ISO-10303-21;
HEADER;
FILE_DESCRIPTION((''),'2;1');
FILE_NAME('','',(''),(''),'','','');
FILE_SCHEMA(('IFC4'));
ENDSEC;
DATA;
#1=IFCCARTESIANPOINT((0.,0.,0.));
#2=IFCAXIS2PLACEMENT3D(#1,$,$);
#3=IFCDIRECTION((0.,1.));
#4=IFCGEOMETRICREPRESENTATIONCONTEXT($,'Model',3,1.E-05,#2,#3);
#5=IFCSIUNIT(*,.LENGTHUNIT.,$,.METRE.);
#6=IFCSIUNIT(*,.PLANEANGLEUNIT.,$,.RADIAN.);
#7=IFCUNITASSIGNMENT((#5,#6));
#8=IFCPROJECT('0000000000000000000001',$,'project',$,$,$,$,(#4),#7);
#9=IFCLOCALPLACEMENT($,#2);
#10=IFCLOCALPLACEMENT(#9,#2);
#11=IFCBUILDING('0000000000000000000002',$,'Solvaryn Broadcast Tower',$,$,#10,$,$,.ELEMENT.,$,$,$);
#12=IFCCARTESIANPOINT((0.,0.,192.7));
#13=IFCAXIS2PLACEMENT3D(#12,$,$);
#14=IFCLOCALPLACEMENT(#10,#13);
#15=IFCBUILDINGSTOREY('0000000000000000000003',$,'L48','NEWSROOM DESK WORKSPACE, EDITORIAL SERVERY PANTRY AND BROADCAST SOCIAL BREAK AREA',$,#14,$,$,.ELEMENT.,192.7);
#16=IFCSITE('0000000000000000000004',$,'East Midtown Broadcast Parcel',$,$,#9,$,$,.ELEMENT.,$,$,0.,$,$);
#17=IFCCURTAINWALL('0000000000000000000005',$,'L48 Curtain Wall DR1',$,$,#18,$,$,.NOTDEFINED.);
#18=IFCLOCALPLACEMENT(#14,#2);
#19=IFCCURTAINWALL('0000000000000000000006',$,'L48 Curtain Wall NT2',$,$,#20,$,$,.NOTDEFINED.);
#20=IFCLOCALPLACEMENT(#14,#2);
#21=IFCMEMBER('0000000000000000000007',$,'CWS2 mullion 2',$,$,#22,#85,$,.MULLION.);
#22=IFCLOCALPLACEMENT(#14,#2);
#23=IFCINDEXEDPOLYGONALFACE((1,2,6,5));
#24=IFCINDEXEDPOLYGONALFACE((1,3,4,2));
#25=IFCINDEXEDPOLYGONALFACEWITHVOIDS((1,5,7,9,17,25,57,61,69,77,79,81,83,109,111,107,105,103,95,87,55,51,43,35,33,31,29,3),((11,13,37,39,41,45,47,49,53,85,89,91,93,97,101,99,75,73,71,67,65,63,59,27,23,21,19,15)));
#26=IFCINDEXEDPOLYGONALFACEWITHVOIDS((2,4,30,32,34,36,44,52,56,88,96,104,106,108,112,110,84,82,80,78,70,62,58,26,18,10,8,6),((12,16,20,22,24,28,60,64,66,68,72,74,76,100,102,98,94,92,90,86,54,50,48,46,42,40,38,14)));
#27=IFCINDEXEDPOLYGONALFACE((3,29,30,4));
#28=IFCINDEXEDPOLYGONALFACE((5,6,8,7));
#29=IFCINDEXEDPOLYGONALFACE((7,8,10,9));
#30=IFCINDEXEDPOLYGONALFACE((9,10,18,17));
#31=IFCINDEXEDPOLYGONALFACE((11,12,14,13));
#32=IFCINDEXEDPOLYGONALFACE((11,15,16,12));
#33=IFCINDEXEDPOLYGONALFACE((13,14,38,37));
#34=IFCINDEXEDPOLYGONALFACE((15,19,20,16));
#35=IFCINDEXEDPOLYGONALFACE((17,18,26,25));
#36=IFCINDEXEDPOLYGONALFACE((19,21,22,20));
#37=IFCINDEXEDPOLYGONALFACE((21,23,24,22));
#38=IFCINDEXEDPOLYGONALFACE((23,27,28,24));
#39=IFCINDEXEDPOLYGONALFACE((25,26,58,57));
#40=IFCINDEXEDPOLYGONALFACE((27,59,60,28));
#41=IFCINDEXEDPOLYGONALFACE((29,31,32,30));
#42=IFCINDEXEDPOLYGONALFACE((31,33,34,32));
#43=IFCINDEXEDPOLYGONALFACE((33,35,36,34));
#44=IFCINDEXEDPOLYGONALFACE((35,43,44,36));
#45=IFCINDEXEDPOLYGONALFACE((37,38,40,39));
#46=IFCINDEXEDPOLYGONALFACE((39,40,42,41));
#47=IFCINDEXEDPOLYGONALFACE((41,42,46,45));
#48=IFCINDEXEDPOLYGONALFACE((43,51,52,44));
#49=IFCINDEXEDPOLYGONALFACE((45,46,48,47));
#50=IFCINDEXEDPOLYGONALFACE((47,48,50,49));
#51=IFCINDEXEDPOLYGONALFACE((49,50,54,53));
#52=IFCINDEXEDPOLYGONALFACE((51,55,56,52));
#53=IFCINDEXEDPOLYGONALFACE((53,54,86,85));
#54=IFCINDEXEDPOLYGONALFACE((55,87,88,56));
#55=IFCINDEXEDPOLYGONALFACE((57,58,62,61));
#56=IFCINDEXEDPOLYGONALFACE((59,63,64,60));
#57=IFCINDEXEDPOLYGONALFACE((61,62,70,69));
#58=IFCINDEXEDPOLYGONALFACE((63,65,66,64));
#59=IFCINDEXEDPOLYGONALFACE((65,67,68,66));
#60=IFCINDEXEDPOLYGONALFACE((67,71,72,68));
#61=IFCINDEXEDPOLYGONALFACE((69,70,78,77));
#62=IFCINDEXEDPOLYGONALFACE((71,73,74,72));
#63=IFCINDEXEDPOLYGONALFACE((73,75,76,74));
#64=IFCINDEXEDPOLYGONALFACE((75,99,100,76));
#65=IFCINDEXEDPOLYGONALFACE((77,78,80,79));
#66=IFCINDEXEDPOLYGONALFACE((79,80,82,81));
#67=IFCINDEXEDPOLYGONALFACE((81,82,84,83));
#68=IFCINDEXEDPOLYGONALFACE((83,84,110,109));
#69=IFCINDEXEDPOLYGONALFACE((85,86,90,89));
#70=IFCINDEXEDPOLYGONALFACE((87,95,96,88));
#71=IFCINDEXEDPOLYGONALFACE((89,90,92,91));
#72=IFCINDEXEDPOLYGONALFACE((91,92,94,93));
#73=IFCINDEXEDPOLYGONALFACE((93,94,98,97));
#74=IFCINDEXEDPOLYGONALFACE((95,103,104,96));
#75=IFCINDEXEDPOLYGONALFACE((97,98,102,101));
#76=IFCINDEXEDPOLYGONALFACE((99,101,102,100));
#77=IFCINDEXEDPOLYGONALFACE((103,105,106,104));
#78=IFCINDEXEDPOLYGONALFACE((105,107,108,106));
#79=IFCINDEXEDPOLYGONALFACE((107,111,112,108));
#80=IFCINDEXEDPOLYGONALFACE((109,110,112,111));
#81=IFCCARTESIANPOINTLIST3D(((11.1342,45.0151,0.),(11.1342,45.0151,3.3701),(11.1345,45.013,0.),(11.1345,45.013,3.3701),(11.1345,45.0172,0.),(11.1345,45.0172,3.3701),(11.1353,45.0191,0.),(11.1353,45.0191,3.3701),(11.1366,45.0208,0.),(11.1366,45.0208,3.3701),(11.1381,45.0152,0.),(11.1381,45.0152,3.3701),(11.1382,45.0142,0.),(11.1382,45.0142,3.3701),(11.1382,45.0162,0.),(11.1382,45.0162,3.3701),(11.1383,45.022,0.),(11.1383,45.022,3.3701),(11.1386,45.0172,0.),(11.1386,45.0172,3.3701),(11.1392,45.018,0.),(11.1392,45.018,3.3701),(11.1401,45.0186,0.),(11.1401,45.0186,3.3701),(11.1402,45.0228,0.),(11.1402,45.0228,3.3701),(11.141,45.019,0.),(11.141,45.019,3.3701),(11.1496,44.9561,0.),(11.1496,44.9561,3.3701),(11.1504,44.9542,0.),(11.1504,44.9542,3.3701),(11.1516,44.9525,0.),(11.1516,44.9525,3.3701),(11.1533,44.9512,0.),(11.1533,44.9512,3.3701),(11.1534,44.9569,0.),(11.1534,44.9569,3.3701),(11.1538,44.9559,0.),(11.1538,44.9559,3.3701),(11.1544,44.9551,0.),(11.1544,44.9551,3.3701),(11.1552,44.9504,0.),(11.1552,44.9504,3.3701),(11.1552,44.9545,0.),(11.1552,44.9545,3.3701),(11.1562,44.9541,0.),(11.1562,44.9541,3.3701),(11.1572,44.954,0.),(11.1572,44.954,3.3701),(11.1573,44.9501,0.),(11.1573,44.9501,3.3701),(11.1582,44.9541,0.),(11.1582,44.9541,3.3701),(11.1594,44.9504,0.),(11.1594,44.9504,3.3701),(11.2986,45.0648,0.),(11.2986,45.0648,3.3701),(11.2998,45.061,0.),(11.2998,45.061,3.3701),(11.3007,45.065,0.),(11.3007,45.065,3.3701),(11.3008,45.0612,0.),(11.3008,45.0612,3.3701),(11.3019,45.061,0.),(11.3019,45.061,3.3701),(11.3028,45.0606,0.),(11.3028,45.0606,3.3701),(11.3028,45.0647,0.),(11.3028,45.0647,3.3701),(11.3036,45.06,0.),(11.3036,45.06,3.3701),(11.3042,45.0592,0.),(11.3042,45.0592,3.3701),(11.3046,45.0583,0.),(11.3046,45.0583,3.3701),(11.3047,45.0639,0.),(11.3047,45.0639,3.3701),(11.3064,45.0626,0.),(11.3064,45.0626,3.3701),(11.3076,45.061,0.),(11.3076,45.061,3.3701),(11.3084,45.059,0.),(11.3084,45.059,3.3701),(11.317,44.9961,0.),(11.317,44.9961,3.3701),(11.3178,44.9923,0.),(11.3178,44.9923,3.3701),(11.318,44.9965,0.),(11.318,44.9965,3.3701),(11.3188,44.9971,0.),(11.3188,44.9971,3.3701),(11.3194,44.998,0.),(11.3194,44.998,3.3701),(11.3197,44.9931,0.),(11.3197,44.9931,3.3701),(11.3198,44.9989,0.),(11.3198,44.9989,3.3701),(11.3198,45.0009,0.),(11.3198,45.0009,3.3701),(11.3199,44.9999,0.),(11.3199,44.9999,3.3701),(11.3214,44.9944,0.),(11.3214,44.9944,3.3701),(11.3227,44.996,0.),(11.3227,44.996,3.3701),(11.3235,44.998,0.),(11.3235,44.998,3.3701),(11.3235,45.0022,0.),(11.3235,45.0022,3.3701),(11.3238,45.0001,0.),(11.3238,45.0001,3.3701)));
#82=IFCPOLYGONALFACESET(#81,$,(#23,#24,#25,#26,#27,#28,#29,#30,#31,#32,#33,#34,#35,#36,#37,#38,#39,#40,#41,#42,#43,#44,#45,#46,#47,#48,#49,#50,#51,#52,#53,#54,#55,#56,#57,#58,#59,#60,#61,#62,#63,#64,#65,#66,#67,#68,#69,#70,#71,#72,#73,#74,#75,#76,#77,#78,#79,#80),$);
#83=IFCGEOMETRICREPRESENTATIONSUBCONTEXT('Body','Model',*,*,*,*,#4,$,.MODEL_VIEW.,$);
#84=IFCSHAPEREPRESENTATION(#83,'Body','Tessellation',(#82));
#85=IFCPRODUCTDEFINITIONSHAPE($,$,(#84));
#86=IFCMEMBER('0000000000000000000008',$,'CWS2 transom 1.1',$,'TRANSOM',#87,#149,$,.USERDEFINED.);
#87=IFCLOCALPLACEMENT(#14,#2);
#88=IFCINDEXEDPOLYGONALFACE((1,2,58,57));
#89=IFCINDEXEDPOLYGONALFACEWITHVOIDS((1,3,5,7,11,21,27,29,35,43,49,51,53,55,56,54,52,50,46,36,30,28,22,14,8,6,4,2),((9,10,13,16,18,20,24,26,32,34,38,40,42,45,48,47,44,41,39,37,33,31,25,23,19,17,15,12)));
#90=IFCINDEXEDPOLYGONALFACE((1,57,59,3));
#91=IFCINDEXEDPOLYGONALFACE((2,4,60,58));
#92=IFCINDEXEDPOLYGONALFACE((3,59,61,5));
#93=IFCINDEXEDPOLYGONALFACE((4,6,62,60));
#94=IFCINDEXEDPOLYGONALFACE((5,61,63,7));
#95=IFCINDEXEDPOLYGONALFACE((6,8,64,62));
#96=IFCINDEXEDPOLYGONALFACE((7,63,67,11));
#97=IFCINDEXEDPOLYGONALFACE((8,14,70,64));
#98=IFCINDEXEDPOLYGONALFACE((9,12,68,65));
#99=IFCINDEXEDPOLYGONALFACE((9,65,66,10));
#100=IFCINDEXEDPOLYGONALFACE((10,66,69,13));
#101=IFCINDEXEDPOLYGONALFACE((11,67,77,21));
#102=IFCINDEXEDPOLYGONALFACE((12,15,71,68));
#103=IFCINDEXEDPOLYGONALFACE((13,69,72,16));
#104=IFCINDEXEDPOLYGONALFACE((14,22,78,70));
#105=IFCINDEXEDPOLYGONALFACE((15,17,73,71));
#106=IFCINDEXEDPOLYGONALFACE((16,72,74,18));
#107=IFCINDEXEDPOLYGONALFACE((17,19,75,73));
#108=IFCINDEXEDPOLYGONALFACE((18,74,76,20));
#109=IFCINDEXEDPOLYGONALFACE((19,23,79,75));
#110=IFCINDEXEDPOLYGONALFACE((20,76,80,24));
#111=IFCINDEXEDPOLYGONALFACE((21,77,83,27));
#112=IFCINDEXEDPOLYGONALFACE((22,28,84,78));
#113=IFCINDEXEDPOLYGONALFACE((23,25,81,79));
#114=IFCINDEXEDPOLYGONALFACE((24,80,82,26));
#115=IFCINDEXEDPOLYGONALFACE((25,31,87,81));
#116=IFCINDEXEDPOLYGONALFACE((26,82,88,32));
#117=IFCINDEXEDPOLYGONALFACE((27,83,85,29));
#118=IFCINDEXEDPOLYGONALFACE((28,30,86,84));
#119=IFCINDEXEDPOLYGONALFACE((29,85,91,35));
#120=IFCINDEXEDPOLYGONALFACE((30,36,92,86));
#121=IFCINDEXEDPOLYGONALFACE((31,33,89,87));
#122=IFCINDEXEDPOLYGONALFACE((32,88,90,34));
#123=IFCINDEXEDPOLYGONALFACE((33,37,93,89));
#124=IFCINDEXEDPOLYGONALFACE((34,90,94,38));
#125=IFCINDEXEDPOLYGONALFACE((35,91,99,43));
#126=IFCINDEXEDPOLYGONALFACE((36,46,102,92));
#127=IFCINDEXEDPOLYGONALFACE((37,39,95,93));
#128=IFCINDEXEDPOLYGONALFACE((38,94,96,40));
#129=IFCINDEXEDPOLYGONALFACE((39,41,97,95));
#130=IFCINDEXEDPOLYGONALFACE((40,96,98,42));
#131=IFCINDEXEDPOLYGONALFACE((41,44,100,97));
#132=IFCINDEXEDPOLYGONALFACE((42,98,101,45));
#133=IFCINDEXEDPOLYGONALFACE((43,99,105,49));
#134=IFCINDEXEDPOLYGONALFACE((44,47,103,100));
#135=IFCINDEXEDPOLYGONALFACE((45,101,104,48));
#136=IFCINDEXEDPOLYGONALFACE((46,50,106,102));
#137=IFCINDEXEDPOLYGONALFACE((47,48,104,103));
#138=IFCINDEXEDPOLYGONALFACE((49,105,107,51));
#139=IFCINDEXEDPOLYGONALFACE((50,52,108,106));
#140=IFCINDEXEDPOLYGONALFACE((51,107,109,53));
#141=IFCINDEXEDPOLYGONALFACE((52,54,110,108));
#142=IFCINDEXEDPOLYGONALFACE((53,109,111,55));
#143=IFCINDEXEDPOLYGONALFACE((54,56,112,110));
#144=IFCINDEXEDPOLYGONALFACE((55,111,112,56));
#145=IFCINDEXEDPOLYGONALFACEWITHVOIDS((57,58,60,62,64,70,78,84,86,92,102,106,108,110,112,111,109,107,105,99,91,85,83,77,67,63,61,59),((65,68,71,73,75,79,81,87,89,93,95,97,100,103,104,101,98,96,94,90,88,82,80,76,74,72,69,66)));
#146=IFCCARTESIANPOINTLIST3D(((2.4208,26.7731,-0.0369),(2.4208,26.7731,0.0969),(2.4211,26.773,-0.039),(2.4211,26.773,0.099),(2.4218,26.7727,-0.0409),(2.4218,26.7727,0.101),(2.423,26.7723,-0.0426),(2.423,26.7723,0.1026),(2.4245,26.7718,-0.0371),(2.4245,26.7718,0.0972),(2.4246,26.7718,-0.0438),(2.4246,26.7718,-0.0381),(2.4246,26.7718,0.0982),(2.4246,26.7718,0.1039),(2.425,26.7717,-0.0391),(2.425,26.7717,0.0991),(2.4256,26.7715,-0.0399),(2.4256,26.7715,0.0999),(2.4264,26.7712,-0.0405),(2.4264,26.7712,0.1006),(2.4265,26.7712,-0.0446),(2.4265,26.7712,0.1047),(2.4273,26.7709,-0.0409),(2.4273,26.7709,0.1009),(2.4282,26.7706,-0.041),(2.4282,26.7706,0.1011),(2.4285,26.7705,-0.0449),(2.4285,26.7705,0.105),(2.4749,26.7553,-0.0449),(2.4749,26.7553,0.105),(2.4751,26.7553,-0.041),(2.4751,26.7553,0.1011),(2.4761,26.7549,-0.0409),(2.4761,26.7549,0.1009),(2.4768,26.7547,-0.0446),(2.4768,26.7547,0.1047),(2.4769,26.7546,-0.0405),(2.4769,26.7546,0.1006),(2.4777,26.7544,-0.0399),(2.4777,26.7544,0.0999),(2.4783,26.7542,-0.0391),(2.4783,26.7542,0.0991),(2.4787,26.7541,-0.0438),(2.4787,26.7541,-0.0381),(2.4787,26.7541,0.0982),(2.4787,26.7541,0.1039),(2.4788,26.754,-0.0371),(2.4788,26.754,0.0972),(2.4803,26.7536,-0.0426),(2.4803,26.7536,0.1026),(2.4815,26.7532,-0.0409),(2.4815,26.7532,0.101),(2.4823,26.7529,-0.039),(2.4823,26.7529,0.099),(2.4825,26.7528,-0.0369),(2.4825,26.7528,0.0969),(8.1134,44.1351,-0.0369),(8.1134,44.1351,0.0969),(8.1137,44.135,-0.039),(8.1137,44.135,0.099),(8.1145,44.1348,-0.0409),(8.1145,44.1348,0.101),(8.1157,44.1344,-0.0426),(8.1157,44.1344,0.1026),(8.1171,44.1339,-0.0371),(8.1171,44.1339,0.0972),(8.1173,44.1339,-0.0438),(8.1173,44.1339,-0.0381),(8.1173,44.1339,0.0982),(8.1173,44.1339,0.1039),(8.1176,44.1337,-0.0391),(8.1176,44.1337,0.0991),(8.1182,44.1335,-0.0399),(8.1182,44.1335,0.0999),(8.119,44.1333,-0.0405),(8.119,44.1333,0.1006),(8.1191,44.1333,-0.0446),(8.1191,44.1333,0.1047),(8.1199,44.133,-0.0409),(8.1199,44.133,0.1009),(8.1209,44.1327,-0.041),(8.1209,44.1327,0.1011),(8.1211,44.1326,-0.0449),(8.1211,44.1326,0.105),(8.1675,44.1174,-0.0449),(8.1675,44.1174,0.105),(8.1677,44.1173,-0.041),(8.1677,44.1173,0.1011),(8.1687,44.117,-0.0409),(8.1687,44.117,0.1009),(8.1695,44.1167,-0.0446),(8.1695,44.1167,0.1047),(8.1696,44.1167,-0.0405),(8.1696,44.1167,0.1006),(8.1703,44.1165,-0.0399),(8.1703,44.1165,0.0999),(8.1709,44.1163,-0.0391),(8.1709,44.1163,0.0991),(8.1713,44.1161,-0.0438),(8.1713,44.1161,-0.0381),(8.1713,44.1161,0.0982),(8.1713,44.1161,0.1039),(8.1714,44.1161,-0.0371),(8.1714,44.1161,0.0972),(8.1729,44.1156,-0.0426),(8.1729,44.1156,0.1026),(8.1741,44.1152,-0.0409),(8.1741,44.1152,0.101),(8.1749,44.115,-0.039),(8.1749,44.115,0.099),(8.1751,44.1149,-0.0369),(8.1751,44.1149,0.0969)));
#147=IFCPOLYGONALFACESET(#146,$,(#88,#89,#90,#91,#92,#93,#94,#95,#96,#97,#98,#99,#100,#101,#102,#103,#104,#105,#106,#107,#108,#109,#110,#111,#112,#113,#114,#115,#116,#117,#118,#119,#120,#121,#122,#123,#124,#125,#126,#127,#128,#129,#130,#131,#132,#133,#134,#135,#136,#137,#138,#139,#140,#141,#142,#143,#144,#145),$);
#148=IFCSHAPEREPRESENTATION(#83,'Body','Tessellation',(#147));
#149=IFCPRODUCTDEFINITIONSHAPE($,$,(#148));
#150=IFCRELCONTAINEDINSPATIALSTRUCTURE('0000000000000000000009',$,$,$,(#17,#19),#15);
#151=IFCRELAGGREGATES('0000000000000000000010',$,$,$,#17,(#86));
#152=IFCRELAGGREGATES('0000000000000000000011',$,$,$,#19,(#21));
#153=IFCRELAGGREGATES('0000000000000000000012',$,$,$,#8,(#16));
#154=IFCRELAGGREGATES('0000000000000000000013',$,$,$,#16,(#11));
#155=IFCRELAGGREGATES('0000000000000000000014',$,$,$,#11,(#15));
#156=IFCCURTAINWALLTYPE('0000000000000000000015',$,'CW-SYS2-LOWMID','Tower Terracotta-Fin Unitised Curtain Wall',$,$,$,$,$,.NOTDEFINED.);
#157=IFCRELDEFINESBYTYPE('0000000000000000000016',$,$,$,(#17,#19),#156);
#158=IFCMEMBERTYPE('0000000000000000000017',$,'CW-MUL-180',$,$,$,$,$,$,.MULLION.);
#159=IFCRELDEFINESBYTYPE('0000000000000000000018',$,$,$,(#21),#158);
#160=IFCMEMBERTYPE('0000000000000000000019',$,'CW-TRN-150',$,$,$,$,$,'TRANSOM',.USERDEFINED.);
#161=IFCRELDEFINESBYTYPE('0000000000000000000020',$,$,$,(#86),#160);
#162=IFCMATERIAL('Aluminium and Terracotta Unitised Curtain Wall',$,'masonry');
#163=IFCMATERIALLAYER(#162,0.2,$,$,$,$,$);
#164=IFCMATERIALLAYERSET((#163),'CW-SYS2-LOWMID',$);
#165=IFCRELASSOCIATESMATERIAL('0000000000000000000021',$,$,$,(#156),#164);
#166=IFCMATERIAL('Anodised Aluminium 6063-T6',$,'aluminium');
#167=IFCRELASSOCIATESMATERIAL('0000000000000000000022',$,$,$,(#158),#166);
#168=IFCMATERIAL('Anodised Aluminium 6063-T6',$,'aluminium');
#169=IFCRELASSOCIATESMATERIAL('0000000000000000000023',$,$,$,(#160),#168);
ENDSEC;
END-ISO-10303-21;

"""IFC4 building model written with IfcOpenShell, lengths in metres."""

from ifc_helpers import new_model, si_unit, direction, frame, origin, origin_2d, place, context, subcontext, project, spatial, hollow_rectangle, extrude, material, layer, layer_set, material_profile, profile_set, type_object, element, aggregate, save


model = new_model("IFC4")

# Units and contexts
model_context = context("Model", 3, precision=1e-05, world=origin(), true_north=direction((0.0, 1.0)))
body_context = subcontext(model_context, "Body", "Model", "MODEL_VIEW")
ifc_project = project(units=[si_unit("LENGTHUNIT", "METRE"), si_unit("PLANEANGLEUNIT", "RADIAN")], contexts=[model_context])

# Site, building, storey
site_placement = place(None, origin())
site = spatial("IfcSite", under=ifc_project, at=site_placement, Name="East Midtown Broadcast Parcel", CompositionType="ELEMENT", RefElevation=0.0)
building_placement = place(site_placement, origin())
building = spatial("IfcBuilding", under=site, at=building_placement, Name="Solvaryn Broadcast Tower", CompositionType="ELEMENT")
storey_placement = place(building_placement, frame((0.0, 0.0, 192.7)))
storey = spatial("IfcBuildingStorey", under=building, at=storey_placement, Name="L48", Description="NEWSROOM DESK WORKSPACE, EDITORIAL SERVERY PANTRY AND BROADCAST SOCIAL BREAK AREA", CompositionType="ELEMENT", Elevation=192.7)

# Curtain walls, member
ifc_material_1 = material(Name="Aluminium and Terracotta Unitised Curtain Wall", Category="masonry")
ifc_layer_1 = layer(ifc_material_1, 0.2)
ifc_layer_set_1 = layer_set([ifc_layer_1], Name="CW-SYS2-LOWMID")
curtain_wall_type = type_object("IfcCurtainWallType", Name="CW-SYS2-LOWMID", Description="Tower Terracotta-Fin Unitised Curtain Wall", PredefinedType="NOTDEFINED", material=ifc_layer_set_1)
curtain_wall_1_placement = place(storey_placement, origin())
curtain_wall_1 = element("IfcCurtainWall", 1, at=curtain_wall_1_placement, inside=storey, type_object=curtain_wall_type, Name="L48 Curtain Wall DR1", PredefinedType="NOTDEFINED")
ifc_material_2 = material(Name="Anodised Aluminium 6063-T6", Category="aluminium")
ifc_material_profile_1 = material_profile(ifc_material_2, hollow_rectangle(XDim=0.075, YDim=0.1799, WallThickness=0.0039, InnerFilletRadius=0.0039, OuterFilletRadius=0.0081, at=origin_2d()))
ifc_profile_set_1 = profile_set([ifc_material_profile_1], Name="Anodised Aluminium 6063-T6")
member_type_1 = type_object("IfcMemberType", Name="CW-MUL-180", PredefinedType="MULLION", material=ifc_profile_set_1)
curtain_wall_2_placement = place(storey_placement, origin())
curtain_wall_2 = element("IfcCurtainWall", 2, at=curtain_wall_2_placement, inside=storey, type_object=curtain_wall_type, Name="L48 Curtain Wall NT2", PredefinedType="NOTDEFINED")
member_1_placement = place(storey_placement, frame((11.229, 45.0076, 0.0), z_axis=(0.0, 0.0, 1.0), x_axis=(0.255893, -0.966705, 0.0)))
member_1 = element("IfcMember", 3, at=member_1_placement, type_object=member_type_1, Name="CWS2 mullion 2", PredefinedType="MULLION", context=body_context, shape_type="SweptSolid", body=[
    extrude(hollow_rectangle(XDim=0.075, YDim=0.1799, WallThickness=0.0039, InnerFilletRadius=0.0039, OuterFilletRadius=0.0081, at=origin_2d()), origin(), (0.0, 0.0, 1.0), 3.3701),
])

# Member
ifc_material_3 = material(Name="Anodised Aluminium 6063-T6", Category="aluminium")
ifc_material_profile_2 = material_profile(ifc_material_3, hollow_rectangle(XDim=0.0649, YDim=0.1499, WallThickness=0.0039, InnerFilletRadius=0.0039, OuterFilletRadius=0.0081, at=origin_2d()))
ifc_profile_set_2 = profile_set([ifc_material_profile_2], Name="Anodised Aluminium 6063-T6")
member_type_2 = type_object("IfcMemberType", Name="CW-TRN-150", ElementType="TRANSOM", PredefinedType="USERDEFINED", material=ifc_profile_set_2)
member_2_placement = place(storey_placement, frame((8.1443, 44.125, 0.03), z_axis=(-0.311558, -0.950227, 0.0), x_axis=(0.950227, -0.311558, 0.0)))
member_2 = element("IfcMember", 4, at=member_2_placement, type_object=member_type_2, Name="CWS2 transom 1.1", ObjectType="TRANSOM", PredefinedType="USERDEFINED", context=body_context, shape_type="SweptSolid", body=[
    extrude(hollow_rectangle(XDim=0.0649, YDim=0.1499, WallThickness=0.0039, InnerFilletRadius=0.0039, OuterFilletRadius=0.0081, at=origin_2d()), origin(), (0.0, 0.0, 1.0), 18.2715),
])
aggregate(curtain_wall_1, [member_2])

aggregate(curtain_wall_2, [member_1])

save(model, "model.ifc")
